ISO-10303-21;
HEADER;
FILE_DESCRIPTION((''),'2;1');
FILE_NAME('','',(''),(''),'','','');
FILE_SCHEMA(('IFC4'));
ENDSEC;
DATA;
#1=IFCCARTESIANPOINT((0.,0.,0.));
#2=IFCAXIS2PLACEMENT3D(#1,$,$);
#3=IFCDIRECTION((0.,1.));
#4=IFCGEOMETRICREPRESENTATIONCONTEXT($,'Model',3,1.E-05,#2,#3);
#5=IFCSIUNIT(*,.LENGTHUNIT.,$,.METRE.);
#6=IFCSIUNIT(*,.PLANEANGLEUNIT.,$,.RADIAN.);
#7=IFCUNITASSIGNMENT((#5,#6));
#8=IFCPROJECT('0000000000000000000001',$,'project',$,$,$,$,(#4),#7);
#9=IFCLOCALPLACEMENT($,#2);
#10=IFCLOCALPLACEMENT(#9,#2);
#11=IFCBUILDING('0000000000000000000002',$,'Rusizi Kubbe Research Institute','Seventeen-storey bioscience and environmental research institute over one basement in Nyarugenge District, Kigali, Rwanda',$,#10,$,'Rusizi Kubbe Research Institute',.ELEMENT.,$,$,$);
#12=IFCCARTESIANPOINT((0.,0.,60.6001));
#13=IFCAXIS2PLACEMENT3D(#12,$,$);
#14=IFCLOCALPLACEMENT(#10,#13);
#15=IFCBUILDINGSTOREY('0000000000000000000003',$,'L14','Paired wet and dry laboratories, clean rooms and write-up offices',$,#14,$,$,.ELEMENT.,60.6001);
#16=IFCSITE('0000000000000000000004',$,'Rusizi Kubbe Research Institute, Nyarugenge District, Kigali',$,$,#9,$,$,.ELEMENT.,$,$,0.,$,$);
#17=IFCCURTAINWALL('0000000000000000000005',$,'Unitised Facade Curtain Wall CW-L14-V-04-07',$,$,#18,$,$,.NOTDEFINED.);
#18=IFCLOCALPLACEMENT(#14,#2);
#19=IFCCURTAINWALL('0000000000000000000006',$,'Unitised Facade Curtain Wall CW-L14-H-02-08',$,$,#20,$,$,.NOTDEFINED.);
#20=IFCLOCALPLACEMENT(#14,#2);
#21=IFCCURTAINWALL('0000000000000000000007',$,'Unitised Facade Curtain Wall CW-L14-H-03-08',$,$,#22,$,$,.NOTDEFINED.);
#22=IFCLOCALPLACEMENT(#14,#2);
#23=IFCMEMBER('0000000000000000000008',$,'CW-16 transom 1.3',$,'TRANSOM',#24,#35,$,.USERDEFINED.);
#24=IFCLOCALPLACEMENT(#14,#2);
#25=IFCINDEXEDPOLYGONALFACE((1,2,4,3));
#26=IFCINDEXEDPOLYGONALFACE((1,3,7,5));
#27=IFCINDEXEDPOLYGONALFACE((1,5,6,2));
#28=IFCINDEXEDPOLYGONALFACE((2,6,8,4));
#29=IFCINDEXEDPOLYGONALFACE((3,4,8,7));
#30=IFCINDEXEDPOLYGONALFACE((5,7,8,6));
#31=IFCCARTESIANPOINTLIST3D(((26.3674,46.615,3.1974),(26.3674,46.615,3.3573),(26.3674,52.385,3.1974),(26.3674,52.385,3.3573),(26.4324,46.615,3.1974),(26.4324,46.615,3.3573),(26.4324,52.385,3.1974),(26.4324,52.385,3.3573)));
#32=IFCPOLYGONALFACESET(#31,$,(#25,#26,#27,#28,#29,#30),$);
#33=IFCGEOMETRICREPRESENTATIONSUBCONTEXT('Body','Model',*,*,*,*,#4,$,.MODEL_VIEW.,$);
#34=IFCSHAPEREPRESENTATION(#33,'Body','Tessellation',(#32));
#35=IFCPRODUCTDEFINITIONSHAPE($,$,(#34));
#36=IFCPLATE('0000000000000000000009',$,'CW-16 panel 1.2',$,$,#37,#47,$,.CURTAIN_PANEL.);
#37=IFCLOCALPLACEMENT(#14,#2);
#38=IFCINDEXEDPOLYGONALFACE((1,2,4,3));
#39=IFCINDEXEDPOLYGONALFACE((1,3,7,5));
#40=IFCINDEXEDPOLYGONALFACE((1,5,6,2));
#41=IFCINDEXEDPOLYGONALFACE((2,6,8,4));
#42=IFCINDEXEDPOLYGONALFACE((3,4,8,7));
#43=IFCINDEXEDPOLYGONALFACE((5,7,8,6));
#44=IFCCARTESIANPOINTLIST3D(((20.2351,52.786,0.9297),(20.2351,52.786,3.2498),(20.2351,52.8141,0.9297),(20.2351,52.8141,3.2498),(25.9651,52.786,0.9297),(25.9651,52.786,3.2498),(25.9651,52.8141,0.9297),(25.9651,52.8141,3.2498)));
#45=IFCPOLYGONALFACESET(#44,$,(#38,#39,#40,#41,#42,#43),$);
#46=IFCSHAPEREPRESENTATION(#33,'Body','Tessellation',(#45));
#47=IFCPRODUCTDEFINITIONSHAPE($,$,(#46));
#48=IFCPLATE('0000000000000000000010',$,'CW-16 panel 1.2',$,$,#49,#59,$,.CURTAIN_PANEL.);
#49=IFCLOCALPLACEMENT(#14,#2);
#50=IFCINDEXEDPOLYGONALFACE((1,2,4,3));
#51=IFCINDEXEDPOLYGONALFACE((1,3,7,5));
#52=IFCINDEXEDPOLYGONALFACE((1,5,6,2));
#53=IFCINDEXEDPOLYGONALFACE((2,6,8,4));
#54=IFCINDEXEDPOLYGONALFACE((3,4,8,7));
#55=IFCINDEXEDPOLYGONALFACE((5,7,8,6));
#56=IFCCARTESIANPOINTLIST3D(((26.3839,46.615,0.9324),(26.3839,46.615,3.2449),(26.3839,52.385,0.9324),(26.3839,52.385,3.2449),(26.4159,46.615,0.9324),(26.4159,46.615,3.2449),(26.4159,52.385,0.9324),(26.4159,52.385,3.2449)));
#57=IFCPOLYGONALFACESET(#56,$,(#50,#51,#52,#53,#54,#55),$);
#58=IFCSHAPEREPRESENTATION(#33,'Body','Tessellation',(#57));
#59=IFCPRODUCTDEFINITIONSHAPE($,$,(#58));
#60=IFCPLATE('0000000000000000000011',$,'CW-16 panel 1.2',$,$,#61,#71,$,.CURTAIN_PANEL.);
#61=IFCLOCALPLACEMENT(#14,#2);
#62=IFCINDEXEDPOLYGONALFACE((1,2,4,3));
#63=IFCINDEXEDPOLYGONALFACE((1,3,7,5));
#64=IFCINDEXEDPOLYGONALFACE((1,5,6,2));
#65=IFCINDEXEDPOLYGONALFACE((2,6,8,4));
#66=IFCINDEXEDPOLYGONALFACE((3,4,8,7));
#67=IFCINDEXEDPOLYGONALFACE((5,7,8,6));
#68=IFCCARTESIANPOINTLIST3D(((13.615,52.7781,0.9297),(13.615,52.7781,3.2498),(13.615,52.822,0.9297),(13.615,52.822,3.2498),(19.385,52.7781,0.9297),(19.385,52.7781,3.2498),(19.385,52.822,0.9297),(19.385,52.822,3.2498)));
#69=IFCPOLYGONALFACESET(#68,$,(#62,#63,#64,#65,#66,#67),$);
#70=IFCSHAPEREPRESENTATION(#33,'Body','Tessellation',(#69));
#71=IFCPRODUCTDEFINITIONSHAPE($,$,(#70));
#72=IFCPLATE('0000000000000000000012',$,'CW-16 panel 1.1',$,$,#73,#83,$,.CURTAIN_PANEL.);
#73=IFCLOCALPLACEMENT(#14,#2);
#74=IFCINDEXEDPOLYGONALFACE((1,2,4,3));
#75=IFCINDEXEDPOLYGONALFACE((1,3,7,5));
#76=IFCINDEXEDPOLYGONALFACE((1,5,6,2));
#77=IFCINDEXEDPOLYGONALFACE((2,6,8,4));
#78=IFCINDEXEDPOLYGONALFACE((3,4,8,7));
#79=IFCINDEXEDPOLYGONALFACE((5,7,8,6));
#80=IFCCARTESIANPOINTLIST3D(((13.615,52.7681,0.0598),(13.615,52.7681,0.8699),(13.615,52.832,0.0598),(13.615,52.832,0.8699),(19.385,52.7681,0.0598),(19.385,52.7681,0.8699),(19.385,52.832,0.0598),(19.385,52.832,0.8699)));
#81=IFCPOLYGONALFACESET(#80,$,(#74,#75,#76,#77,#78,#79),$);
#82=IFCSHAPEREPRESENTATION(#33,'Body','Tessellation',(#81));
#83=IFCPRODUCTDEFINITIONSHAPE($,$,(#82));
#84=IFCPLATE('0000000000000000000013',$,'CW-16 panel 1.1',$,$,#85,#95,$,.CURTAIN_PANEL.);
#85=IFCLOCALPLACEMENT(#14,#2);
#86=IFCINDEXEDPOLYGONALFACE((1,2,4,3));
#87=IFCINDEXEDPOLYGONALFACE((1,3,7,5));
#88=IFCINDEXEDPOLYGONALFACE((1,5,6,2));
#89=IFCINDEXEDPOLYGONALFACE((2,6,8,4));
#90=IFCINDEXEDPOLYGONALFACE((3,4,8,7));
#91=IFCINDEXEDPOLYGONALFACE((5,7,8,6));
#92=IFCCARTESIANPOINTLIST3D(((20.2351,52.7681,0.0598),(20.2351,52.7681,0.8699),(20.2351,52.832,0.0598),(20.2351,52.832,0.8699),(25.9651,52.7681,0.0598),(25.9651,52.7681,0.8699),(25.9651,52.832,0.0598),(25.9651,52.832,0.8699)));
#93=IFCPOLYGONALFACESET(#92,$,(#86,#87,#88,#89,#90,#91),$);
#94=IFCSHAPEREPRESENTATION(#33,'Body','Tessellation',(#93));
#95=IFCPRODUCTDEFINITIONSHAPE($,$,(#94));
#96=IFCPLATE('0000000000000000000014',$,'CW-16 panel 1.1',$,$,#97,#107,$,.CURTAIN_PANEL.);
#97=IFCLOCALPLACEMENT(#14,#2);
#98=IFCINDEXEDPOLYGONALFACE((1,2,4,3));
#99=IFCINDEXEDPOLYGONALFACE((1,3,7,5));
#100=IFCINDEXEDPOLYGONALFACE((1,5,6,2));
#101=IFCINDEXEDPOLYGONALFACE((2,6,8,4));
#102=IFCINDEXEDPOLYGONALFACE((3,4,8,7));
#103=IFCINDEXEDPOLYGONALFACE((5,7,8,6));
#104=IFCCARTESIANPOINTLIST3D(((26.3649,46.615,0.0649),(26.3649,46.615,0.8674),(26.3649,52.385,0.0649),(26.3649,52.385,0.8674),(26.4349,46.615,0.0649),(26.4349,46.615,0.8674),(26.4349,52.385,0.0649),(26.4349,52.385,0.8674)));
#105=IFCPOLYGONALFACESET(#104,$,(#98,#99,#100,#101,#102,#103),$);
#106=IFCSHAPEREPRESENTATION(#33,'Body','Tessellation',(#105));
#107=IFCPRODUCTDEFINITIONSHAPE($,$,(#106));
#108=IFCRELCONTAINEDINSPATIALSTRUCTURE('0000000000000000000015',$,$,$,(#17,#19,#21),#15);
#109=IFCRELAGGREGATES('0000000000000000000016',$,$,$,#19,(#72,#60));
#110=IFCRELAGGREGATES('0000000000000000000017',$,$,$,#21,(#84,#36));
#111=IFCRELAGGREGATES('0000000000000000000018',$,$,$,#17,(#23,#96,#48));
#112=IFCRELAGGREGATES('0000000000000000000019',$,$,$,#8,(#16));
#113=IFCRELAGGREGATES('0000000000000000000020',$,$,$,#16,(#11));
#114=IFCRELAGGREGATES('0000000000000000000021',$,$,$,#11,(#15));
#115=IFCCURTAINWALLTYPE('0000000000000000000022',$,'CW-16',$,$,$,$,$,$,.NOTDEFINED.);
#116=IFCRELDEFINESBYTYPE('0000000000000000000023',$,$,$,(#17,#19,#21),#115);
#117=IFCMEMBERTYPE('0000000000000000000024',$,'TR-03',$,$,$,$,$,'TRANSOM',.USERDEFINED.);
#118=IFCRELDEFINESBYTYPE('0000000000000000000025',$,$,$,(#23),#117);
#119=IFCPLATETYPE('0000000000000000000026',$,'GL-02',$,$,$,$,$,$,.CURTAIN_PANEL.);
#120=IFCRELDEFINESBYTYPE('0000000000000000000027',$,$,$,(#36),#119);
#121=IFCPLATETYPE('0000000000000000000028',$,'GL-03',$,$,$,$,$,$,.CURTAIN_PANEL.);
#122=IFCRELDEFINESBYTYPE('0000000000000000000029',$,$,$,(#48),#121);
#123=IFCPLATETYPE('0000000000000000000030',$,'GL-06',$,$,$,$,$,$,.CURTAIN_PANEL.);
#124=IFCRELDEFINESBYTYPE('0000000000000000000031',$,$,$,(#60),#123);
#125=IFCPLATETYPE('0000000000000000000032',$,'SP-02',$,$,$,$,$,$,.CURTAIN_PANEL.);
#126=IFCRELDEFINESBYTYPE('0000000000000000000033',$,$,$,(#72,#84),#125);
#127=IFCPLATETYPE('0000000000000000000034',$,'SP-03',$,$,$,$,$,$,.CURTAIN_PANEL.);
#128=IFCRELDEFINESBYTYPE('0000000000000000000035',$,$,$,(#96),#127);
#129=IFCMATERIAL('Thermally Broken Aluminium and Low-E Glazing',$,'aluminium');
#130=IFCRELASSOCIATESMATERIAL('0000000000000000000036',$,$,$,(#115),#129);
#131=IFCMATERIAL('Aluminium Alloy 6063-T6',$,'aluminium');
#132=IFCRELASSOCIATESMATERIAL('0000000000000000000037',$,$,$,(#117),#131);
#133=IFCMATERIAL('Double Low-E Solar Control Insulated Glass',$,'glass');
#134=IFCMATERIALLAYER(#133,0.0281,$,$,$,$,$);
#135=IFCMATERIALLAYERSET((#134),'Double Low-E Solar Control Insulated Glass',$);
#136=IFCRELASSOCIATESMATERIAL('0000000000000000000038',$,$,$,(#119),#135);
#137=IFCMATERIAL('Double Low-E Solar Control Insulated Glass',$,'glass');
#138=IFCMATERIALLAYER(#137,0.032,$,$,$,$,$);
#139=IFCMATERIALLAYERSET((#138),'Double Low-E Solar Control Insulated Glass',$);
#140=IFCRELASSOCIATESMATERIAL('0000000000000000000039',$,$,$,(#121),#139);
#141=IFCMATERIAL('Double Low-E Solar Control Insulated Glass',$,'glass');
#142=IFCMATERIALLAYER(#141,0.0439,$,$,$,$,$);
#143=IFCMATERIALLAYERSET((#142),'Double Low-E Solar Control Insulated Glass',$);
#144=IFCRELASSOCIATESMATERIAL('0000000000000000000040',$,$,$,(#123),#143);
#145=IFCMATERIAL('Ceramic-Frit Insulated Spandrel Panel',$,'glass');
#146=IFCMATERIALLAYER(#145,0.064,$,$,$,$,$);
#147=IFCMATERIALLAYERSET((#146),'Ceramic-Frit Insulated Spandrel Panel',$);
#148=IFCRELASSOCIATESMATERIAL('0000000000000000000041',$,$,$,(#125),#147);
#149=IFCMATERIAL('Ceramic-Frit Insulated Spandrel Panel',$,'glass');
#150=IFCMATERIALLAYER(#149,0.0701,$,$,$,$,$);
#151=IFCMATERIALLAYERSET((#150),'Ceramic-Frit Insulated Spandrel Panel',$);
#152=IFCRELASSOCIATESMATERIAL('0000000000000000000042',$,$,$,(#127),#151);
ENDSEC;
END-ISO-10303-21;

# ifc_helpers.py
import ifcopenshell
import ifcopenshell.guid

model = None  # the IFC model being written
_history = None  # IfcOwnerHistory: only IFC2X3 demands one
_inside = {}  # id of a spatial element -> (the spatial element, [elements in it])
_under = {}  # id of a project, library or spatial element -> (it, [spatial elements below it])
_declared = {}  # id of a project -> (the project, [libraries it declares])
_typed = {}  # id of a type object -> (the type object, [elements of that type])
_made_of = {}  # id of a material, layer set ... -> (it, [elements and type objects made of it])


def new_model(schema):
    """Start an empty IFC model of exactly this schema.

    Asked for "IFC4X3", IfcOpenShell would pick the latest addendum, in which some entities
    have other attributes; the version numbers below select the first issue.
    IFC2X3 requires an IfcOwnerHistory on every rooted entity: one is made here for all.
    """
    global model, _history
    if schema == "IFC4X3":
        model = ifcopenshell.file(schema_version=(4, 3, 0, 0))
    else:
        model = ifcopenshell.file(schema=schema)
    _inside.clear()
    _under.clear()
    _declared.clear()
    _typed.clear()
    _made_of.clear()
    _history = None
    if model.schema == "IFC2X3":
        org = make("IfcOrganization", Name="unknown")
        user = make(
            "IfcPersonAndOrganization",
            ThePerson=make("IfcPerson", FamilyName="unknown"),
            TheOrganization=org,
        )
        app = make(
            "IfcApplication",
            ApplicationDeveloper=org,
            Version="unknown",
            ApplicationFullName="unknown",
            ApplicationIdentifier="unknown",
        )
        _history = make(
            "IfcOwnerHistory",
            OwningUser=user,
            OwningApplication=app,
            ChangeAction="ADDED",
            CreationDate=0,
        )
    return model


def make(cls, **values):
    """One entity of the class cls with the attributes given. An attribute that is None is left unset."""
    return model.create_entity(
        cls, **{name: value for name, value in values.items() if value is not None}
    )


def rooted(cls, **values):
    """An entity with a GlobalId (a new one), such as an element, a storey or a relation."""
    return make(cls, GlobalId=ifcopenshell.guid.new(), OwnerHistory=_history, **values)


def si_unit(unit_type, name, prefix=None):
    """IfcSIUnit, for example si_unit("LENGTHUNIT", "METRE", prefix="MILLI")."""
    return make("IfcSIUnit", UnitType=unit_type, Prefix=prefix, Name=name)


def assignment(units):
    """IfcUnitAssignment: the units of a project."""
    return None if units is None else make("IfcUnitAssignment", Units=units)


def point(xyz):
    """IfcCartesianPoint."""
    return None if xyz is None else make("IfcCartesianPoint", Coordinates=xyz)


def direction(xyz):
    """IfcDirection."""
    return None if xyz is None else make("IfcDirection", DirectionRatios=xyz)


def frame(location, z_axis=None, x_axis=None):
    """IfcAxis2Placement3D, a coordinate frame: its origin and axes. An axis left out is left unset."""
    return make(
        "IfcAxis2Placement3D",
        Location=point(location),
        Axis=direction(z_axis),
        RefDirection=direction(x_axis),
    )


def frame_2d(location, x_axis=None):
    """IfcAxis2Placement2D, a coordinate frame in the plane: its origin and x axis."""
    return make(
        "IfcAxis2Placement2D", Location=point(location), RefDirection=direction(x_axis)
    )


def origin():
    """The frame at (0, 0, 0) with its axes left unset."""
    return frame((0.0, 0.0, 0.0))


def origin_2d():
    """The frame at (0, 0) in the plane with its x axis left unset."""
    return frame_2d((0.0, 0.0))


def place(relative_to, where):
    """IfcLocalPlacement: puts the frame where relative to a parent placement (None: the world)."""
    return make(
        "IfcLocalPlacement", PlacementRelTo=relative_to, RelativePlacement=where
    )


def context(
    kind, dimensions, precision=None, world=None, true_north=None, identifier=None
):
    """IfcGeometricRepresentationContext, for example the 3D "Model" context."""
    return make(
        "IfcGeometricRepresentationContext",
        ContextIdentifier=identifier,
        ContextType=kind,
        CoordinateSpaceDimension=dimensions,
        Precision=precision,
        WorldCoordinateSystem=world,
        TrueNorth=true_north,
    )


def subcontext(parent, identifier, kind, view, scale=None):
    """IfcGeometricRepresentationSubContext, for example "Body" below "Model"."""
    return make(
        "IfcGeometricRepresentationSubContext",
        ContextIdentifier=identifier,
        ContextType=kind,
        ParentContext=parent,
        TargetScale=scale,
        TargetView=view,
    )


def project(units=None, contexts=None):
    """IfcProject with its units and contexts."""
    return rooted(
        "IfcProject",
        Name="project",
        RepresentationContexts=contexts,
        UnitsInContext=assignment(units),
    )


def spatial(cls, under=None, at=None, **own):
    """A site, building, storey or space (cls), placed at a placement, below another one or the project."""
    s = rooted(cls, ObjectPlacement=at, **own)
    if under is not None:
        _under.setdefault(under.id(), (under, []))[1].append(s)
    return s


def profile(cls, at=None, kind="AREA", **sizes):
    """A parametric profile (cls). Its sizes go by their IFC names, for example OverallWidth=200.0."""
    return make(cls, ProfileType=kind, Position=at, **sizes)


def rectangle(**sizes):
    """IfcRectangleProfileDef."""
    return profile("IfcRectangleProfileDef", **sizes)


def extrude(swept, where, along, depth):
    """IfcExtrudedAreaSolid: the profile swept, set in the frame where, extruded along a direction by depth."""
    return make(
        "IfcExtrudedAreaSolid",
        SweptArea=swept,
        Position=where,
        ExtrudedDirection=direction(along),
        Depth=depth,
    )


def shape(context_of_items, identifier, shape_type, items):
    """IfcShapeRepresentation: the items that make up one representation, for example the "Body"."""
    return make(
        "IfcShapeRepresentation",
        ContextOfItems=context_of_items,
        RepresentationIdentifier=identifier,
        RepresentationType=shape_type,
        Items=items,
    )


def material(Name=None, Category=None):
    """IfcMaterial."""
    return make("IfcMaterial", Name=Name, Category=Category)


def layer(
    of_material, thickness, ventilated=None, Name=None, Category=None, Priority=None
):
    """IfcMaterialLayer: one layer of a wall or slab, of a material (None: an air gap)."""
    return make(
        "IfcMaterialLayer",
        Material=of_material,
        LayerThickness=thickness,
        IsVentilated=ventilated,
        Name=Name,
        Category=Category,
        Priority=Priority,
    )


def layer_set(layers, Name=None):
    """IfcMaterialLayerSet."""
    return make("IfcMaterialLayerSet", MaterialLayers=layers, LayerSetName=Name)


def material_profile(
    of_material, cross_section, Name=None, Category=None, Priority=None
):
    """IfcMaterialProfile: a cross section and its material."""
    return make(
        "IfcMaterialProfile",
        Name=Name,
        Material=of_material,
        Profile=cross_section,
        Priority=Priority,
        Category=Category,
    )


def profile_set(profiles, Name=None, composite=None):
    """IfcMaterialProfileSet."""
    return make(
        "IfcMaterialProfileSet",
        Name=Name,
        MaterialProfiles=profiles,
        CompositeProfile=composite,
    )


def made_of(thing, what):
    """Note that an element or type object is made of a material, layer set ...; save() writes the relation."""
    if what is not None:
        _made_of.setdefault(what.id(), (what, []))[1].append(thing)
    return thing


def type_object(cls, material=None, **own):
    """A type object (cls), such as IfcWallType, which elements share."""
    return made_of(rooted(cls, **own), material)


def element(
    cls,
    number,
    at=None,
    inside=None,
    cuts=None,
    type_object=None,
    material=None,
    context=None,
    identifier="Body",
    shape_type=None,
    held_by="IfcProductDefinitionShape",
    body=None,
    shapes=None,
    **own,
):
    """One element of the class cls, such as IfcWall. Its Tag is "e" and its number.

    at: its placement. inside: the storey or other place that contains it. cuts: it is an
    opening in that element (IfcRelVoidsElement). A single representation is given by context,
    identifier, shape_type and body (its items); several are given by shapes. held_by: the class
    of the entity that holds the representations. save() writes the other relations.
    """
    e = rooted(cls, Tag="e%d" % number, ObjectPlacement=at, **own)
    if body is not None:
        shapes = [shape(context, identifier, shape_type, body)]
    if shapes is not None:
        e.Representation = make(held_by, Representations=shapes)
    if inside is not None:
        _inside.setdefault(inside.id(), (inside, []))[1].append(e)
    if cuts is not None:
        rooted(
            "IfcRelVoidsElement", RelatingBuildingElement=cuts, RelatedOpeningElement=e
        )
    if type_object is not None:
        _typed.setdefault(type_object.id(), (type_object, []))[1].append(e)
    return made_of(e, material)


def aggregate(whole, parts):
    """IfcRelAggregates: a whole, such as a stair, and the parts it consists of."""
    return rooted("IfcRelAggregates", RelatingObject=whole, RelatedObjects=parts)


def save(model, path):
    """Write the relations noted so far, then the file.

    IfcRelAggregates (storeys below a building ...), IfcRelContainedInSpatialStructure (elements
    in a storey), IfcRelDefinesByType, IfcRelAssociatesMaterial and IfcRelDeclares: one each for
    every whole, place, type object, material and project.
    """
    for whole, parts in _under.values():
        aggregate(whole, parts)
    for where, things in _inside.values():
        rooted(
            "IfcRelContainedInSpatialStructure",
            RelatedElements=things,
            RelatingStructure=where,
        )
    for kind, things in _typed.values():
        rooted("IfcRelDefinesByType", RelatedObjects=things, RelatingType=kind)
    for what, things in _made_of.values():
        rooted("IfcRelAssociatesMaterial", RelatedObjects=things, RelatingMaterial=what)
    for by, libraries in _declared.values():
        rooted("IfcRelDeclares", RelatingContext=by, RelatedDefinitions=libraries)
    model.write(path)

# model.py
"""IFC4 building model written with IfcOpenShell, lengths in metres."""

from ifc_helpers import new_model, si_unit, direction, frame, origin, origin_2d, place, context, subcontext, project, spatial, rectangle, extrude, material, layer, layer_set, material_profile, profile_set, type_object, element, aggregate, save


model = new_model("IFC4")

# Units and contexts
model_context = context("Model", 3, precision=1e-05, world=origin(), true_north=direction((0.0, 1.0)))
body_context = subcontext(model_context, "Body", "Model", "MODEL_VIEW")
ifc_project = project(units=[si_unit("LENGTHUNIT", "METRE"), si_unit("PLANEANGLEUNIT", "RADIAN")], contexts=[model_context])

# Site, building, storey
site_placement = place(None, origin())
site = spatial("IfcSite", under=ifc_project, at=site_placement, Name="Rusizi Kubbe Research Institute, Nyarugenge District, Kigali", CompositionType="ELEMENT", RefElevation=0.0)
building_placement = place(site_placement, origin())
building = spatial("IfcBuilding", under=site, at=building_placement, Name="Rusizi Kubbe Research Institute", Description="Seventeen-storey bioscience and environmental research institute over one basement in Nyarugenge District, Kigali, Rwanda", LongName="Rusizi Kubbe Research Institute", CompositionType="ELEMENT")
storey_placement = place(building_placement, frame((0.0, 0.0, 60.6001)))
storey = spatial("IfcBuildingStorey", under=building, at=storey_placement, Name="L14", Description="Paired wet and dry laboratories, clean rooms and write-up offices", CompositionType="ELEMENT", Elevation=60.6001)

# Curtain walls
ifc_material_1 = material(Name="Thermally Broken Aluminium and Low-E Glazing", Category="aluminium")
curtain_wall_type = type_object("IfcCurtainWallType", Name="CW-16", PredefinedType="NOTDEFINED", material=ifc_material_1)
curtain_wall_1_placement = place(storey_placement, origin())
curtain_wall_1 = element("IfcCurtainWall", 1, at=curtain_wall_1_placement, inside=storey, type_object=curtain_wall_type, Name="Unitised Facade Curtain Wall CW-L14-V-04-07", PredefinedType="NOTDEFINED")
curtain_wall_2_placement = place(storey_placement, origin())
curtain_wall_2 = element("IfcCurtainWall", 2, at=curtain_wall_2_placement, inside=storey, type_object=curtain_wall_type, Name="Unitised Facade Curtain Wall CW-L14-H-02-08", PredefinedType="NOTDEFINED")

# Curtain wall
curtain_wall_3_placement = place(storey_placement, origin())
curtain_wall_3 = element("IfcCurtainWall", 3, at=curtain_wall_3_placement, inside=storey, type_object=curtain_wall_type, Name="Unitised Facade Curtain Wall CW-L14-H-03-08", PredefinedType="NOTDEFINED")

# Member
ifc_material_2 = material(Name="Aluminium Alloy 6063-T6", Category="aluminium")
ifc_material_profile_1 = material_profile(ifc_material_2, rectangle(XDim=0.0649, YDim=0.1599, at=origin_2d()), Name="ALU-T 65x160")
ifc_profile_set_1 = profile_set([ifc_material_profile_1], Name="Aluminium Alloy 6063-T6")
member_type_1 = type_object("IfcMemberType", Name="TR-03", ElementType="TRANSOM", PredefinedType="USERDEFINED", material=ifc_profile_set_1)
member_1_placement = place(storey_placement, frame((26.3999, 46.615, 3.2773), z_axis=(0.0, 1.0, 0.0), x_axis=(-1.0, 0.0, 0.0)))
member_1 = element("IfcMember", 4, at=member_1_placement, type_object=member_type_1, Name="CW-16 transom 1.3", ObjectType="TRANSOM", PredefinedType="USERDEFINED", context=body_context, shape_type="SweptSolid", body=[
    extrude(rectangle(XDim=0.0649, YDim=0.1599, at=origin_2d()), origin(), (0.0, 0.0, 1.0), 5.77),
])

# Plates
ifc_material_3 = material(Name="Double Low-E Solar Control Insulated Glass", Category="glass")
ifc_layer_1 = layer(ifc_material_3, 0.0281)
ifc_layer_set_1 = layer_set([ifc_layer_1], Name="Double Low-E Solar Control Insulated Glass")
plate_type_1 = type_object("IfcPlateType", Name="GL-02", PredefinedType="CURTAIN_PANEL", material=ifc_layer_set_1)
plate_1_placement = place(storey_placement, frame((23.1001, 52.8, 0.9297), z_axis=(0.0, 0.0, 1.0), x_axis=(1.0, 0.0, 0.0)))
plate_1 = element("IfcPlate", 5, at=plate_1_placement, type_object=plate_type_1, Name="CW-16 panel 1.2", PredefinedType="CURTAIN_PANEL", context=body_context, shape_type="SweptSolid", body=[
    extrude(rectangle(XDim=5.73, YDim=0.0281, at=origin_2d()), origin(), (0.0, 0.0, 1.0), 2.3201),
])
ifc_material_4 = material(Name="Double Low-E Solar Control Insulated Glass", Category="glass")
ifc_layer_2 = layer(ifc_material_4, 0.032)
ifc_layer_set_2 = layer_set([ifc_layer_2], Name="Double Low-E Solar Control Insulated Glass")
plate_type_2 = type_object("IfcPlateType", Name="GL-03", PredefinedType="CURTAIN_PANEL", material=ifc_layer_set_2)
plate_2_placement = place(storey_placement, frame((26.3999, 49.5, 0.9324), z_axis=(0.0, 0.0, 1.0), x_axis=(0.0, 1.0, 0.0)))
plate_2 = element("IfcPlate", 6, at=plate_2_placement, type_object=plate_type_2, Name="CW-16 panel 1.2", PredefinedType="CURTAIN_PANEL", context=body_context, shape_type="SweptSolid", body=[
    extrude(rectangle(XDim=5.77, YDim=0.032, at=origin_2d()), origin(), (0.0, 0.0, 1.0), 2.3125),
])
ifc_material_5 = material(Name="Double Low-E Solar Control Insulated Glass", Category="glass")
ifc_layer_3 = layer(ifc_material_5, 0.0439)
ifc_layer_set_3 = layer_set([ifc_layer_3], Name="Double Low-E Solar Control Insulated Glass")
plate_type_3 = type_object("IfcPlateType", Name="GL-06", PredefinedType="CURTAIN_PANEL", material=ifc_layer_set_3)
plate_3_placement = place(storey_placement, frame((16.5, 52.8, 0.9297), z_axis=(0.0, 0.0, 1.0), x_axis=(1.0, 0.0, 0.0)))
plate_3 = element("IfcPlate", 7, at=plate_3_placement, type_object=plate_type_3, Name="CW-16 panel 1.2", PredefinedType="CURTAIN_PANEL", context=body_context, shape_type="SweptSolid", body=[
    extrude(rectangle(XDim=5.77, YDim=0.0439, at=origin_2d()), origin(), (0.0, 0.0, 1.0), 2.3201),
])
ifc_material_6 = material(Name="Ceramic-Frit Insulated Spandrel Panel", Category="glass")
ifc_layer_4 = layer(ifc_material_6, 0.064)
ifc_layer_set_4 = layer_set([ifc_layer_4], Name="Ceramic-Frit Insulated Spandrel Panel")
plate_type_4 = type_object("IfcPlateType", Name="SP-02", PredefinedType="CURTAIN_PANEL", material=ifc_layer_set_4)
plate_4_placement = place(storey_placement, frame((16.5, 52.8, 0.0598), z_axis=(0.0, 0.0, 1.0), x_axis=(1.0, 0.0, 0.0)))
plate_4 = element("IfcPlate", 8, at=plate_4_placement, type_object=plate_type_4, Name="CW-16 panel 1.1", PredefinedType="CURTAIN_PANEL", context=body_context, shape_type="SweptSolid", body=[
    extrude(rectangle(XDim=5.77, YDim=0.064, at=origin_2d()), origin(), (0.0, 0.0, 1.0), 0.8101),
])
aggregate(curtain_wall_2, [plate_4, plate_3])
plate_5_placement = place(storey_placement, frame((23.1001, 52.8, 0.0598), z_axis=(0.0, 0.0, 1.0), x_axis=(1.0, 0.0, 0.0)))
plate_5 = element("IfcPlate", 9, at=plate_5_placement, type_object=plate_type_4, Name="CW-16 panel 1.1", PredefinedType="CURTAIN_PANEL", context=body_context, shape_type="SweptSolid", body=[
    extrude(rectangle(XDim=5.73, YDim=0.064, at=origin_2d()), origin(), (0.0, 0.0, 1.0), 0.8101),
])
aggregate(curtain_wall_3, [plate_5, plate_1])
ifc_material_7 = material(Name="Ceramic-Frit Insulated Spandrel Panel", Category="glass")
ifc_layer_5 = layer(ifc_material_7, 0.0701)
ifc_layer_set_5 = layer_set([ifc_layer_5], Name="Ceramic-Frit Insulated Spandrel Panel")
plate_type_5 = type_object("IfcPlateType", Name="SP-03", PredefinedType="CURTAIN_PANEL", material=ifc_layer_set_5)
plate_6_placement = place(storey_placement, frame((26.3999, 49.5, 0.0649), z_axis=(0.0, 0.0, 1.0), x_axis=(0.0, 1.0, 0.0)))
plate_6 = element("IfcPlate", 10, at=plate_6_placement, type_object=plate_type_5, Name="CW-16 panel 1.1", PredefinedType="CURTAIN_PANEL", context=body_context, shape_type="SweptSolid", body=[
    extrude(rectangle(XDim=5.77, YDim=0.0701, at=origin_2d()), origin(), (0.0, 0.0, 1.0), 0.8025),
])
aggregate(curtain_wall_1, [member_1, plate_6, plate_2])

save(model, "model.ifc")
